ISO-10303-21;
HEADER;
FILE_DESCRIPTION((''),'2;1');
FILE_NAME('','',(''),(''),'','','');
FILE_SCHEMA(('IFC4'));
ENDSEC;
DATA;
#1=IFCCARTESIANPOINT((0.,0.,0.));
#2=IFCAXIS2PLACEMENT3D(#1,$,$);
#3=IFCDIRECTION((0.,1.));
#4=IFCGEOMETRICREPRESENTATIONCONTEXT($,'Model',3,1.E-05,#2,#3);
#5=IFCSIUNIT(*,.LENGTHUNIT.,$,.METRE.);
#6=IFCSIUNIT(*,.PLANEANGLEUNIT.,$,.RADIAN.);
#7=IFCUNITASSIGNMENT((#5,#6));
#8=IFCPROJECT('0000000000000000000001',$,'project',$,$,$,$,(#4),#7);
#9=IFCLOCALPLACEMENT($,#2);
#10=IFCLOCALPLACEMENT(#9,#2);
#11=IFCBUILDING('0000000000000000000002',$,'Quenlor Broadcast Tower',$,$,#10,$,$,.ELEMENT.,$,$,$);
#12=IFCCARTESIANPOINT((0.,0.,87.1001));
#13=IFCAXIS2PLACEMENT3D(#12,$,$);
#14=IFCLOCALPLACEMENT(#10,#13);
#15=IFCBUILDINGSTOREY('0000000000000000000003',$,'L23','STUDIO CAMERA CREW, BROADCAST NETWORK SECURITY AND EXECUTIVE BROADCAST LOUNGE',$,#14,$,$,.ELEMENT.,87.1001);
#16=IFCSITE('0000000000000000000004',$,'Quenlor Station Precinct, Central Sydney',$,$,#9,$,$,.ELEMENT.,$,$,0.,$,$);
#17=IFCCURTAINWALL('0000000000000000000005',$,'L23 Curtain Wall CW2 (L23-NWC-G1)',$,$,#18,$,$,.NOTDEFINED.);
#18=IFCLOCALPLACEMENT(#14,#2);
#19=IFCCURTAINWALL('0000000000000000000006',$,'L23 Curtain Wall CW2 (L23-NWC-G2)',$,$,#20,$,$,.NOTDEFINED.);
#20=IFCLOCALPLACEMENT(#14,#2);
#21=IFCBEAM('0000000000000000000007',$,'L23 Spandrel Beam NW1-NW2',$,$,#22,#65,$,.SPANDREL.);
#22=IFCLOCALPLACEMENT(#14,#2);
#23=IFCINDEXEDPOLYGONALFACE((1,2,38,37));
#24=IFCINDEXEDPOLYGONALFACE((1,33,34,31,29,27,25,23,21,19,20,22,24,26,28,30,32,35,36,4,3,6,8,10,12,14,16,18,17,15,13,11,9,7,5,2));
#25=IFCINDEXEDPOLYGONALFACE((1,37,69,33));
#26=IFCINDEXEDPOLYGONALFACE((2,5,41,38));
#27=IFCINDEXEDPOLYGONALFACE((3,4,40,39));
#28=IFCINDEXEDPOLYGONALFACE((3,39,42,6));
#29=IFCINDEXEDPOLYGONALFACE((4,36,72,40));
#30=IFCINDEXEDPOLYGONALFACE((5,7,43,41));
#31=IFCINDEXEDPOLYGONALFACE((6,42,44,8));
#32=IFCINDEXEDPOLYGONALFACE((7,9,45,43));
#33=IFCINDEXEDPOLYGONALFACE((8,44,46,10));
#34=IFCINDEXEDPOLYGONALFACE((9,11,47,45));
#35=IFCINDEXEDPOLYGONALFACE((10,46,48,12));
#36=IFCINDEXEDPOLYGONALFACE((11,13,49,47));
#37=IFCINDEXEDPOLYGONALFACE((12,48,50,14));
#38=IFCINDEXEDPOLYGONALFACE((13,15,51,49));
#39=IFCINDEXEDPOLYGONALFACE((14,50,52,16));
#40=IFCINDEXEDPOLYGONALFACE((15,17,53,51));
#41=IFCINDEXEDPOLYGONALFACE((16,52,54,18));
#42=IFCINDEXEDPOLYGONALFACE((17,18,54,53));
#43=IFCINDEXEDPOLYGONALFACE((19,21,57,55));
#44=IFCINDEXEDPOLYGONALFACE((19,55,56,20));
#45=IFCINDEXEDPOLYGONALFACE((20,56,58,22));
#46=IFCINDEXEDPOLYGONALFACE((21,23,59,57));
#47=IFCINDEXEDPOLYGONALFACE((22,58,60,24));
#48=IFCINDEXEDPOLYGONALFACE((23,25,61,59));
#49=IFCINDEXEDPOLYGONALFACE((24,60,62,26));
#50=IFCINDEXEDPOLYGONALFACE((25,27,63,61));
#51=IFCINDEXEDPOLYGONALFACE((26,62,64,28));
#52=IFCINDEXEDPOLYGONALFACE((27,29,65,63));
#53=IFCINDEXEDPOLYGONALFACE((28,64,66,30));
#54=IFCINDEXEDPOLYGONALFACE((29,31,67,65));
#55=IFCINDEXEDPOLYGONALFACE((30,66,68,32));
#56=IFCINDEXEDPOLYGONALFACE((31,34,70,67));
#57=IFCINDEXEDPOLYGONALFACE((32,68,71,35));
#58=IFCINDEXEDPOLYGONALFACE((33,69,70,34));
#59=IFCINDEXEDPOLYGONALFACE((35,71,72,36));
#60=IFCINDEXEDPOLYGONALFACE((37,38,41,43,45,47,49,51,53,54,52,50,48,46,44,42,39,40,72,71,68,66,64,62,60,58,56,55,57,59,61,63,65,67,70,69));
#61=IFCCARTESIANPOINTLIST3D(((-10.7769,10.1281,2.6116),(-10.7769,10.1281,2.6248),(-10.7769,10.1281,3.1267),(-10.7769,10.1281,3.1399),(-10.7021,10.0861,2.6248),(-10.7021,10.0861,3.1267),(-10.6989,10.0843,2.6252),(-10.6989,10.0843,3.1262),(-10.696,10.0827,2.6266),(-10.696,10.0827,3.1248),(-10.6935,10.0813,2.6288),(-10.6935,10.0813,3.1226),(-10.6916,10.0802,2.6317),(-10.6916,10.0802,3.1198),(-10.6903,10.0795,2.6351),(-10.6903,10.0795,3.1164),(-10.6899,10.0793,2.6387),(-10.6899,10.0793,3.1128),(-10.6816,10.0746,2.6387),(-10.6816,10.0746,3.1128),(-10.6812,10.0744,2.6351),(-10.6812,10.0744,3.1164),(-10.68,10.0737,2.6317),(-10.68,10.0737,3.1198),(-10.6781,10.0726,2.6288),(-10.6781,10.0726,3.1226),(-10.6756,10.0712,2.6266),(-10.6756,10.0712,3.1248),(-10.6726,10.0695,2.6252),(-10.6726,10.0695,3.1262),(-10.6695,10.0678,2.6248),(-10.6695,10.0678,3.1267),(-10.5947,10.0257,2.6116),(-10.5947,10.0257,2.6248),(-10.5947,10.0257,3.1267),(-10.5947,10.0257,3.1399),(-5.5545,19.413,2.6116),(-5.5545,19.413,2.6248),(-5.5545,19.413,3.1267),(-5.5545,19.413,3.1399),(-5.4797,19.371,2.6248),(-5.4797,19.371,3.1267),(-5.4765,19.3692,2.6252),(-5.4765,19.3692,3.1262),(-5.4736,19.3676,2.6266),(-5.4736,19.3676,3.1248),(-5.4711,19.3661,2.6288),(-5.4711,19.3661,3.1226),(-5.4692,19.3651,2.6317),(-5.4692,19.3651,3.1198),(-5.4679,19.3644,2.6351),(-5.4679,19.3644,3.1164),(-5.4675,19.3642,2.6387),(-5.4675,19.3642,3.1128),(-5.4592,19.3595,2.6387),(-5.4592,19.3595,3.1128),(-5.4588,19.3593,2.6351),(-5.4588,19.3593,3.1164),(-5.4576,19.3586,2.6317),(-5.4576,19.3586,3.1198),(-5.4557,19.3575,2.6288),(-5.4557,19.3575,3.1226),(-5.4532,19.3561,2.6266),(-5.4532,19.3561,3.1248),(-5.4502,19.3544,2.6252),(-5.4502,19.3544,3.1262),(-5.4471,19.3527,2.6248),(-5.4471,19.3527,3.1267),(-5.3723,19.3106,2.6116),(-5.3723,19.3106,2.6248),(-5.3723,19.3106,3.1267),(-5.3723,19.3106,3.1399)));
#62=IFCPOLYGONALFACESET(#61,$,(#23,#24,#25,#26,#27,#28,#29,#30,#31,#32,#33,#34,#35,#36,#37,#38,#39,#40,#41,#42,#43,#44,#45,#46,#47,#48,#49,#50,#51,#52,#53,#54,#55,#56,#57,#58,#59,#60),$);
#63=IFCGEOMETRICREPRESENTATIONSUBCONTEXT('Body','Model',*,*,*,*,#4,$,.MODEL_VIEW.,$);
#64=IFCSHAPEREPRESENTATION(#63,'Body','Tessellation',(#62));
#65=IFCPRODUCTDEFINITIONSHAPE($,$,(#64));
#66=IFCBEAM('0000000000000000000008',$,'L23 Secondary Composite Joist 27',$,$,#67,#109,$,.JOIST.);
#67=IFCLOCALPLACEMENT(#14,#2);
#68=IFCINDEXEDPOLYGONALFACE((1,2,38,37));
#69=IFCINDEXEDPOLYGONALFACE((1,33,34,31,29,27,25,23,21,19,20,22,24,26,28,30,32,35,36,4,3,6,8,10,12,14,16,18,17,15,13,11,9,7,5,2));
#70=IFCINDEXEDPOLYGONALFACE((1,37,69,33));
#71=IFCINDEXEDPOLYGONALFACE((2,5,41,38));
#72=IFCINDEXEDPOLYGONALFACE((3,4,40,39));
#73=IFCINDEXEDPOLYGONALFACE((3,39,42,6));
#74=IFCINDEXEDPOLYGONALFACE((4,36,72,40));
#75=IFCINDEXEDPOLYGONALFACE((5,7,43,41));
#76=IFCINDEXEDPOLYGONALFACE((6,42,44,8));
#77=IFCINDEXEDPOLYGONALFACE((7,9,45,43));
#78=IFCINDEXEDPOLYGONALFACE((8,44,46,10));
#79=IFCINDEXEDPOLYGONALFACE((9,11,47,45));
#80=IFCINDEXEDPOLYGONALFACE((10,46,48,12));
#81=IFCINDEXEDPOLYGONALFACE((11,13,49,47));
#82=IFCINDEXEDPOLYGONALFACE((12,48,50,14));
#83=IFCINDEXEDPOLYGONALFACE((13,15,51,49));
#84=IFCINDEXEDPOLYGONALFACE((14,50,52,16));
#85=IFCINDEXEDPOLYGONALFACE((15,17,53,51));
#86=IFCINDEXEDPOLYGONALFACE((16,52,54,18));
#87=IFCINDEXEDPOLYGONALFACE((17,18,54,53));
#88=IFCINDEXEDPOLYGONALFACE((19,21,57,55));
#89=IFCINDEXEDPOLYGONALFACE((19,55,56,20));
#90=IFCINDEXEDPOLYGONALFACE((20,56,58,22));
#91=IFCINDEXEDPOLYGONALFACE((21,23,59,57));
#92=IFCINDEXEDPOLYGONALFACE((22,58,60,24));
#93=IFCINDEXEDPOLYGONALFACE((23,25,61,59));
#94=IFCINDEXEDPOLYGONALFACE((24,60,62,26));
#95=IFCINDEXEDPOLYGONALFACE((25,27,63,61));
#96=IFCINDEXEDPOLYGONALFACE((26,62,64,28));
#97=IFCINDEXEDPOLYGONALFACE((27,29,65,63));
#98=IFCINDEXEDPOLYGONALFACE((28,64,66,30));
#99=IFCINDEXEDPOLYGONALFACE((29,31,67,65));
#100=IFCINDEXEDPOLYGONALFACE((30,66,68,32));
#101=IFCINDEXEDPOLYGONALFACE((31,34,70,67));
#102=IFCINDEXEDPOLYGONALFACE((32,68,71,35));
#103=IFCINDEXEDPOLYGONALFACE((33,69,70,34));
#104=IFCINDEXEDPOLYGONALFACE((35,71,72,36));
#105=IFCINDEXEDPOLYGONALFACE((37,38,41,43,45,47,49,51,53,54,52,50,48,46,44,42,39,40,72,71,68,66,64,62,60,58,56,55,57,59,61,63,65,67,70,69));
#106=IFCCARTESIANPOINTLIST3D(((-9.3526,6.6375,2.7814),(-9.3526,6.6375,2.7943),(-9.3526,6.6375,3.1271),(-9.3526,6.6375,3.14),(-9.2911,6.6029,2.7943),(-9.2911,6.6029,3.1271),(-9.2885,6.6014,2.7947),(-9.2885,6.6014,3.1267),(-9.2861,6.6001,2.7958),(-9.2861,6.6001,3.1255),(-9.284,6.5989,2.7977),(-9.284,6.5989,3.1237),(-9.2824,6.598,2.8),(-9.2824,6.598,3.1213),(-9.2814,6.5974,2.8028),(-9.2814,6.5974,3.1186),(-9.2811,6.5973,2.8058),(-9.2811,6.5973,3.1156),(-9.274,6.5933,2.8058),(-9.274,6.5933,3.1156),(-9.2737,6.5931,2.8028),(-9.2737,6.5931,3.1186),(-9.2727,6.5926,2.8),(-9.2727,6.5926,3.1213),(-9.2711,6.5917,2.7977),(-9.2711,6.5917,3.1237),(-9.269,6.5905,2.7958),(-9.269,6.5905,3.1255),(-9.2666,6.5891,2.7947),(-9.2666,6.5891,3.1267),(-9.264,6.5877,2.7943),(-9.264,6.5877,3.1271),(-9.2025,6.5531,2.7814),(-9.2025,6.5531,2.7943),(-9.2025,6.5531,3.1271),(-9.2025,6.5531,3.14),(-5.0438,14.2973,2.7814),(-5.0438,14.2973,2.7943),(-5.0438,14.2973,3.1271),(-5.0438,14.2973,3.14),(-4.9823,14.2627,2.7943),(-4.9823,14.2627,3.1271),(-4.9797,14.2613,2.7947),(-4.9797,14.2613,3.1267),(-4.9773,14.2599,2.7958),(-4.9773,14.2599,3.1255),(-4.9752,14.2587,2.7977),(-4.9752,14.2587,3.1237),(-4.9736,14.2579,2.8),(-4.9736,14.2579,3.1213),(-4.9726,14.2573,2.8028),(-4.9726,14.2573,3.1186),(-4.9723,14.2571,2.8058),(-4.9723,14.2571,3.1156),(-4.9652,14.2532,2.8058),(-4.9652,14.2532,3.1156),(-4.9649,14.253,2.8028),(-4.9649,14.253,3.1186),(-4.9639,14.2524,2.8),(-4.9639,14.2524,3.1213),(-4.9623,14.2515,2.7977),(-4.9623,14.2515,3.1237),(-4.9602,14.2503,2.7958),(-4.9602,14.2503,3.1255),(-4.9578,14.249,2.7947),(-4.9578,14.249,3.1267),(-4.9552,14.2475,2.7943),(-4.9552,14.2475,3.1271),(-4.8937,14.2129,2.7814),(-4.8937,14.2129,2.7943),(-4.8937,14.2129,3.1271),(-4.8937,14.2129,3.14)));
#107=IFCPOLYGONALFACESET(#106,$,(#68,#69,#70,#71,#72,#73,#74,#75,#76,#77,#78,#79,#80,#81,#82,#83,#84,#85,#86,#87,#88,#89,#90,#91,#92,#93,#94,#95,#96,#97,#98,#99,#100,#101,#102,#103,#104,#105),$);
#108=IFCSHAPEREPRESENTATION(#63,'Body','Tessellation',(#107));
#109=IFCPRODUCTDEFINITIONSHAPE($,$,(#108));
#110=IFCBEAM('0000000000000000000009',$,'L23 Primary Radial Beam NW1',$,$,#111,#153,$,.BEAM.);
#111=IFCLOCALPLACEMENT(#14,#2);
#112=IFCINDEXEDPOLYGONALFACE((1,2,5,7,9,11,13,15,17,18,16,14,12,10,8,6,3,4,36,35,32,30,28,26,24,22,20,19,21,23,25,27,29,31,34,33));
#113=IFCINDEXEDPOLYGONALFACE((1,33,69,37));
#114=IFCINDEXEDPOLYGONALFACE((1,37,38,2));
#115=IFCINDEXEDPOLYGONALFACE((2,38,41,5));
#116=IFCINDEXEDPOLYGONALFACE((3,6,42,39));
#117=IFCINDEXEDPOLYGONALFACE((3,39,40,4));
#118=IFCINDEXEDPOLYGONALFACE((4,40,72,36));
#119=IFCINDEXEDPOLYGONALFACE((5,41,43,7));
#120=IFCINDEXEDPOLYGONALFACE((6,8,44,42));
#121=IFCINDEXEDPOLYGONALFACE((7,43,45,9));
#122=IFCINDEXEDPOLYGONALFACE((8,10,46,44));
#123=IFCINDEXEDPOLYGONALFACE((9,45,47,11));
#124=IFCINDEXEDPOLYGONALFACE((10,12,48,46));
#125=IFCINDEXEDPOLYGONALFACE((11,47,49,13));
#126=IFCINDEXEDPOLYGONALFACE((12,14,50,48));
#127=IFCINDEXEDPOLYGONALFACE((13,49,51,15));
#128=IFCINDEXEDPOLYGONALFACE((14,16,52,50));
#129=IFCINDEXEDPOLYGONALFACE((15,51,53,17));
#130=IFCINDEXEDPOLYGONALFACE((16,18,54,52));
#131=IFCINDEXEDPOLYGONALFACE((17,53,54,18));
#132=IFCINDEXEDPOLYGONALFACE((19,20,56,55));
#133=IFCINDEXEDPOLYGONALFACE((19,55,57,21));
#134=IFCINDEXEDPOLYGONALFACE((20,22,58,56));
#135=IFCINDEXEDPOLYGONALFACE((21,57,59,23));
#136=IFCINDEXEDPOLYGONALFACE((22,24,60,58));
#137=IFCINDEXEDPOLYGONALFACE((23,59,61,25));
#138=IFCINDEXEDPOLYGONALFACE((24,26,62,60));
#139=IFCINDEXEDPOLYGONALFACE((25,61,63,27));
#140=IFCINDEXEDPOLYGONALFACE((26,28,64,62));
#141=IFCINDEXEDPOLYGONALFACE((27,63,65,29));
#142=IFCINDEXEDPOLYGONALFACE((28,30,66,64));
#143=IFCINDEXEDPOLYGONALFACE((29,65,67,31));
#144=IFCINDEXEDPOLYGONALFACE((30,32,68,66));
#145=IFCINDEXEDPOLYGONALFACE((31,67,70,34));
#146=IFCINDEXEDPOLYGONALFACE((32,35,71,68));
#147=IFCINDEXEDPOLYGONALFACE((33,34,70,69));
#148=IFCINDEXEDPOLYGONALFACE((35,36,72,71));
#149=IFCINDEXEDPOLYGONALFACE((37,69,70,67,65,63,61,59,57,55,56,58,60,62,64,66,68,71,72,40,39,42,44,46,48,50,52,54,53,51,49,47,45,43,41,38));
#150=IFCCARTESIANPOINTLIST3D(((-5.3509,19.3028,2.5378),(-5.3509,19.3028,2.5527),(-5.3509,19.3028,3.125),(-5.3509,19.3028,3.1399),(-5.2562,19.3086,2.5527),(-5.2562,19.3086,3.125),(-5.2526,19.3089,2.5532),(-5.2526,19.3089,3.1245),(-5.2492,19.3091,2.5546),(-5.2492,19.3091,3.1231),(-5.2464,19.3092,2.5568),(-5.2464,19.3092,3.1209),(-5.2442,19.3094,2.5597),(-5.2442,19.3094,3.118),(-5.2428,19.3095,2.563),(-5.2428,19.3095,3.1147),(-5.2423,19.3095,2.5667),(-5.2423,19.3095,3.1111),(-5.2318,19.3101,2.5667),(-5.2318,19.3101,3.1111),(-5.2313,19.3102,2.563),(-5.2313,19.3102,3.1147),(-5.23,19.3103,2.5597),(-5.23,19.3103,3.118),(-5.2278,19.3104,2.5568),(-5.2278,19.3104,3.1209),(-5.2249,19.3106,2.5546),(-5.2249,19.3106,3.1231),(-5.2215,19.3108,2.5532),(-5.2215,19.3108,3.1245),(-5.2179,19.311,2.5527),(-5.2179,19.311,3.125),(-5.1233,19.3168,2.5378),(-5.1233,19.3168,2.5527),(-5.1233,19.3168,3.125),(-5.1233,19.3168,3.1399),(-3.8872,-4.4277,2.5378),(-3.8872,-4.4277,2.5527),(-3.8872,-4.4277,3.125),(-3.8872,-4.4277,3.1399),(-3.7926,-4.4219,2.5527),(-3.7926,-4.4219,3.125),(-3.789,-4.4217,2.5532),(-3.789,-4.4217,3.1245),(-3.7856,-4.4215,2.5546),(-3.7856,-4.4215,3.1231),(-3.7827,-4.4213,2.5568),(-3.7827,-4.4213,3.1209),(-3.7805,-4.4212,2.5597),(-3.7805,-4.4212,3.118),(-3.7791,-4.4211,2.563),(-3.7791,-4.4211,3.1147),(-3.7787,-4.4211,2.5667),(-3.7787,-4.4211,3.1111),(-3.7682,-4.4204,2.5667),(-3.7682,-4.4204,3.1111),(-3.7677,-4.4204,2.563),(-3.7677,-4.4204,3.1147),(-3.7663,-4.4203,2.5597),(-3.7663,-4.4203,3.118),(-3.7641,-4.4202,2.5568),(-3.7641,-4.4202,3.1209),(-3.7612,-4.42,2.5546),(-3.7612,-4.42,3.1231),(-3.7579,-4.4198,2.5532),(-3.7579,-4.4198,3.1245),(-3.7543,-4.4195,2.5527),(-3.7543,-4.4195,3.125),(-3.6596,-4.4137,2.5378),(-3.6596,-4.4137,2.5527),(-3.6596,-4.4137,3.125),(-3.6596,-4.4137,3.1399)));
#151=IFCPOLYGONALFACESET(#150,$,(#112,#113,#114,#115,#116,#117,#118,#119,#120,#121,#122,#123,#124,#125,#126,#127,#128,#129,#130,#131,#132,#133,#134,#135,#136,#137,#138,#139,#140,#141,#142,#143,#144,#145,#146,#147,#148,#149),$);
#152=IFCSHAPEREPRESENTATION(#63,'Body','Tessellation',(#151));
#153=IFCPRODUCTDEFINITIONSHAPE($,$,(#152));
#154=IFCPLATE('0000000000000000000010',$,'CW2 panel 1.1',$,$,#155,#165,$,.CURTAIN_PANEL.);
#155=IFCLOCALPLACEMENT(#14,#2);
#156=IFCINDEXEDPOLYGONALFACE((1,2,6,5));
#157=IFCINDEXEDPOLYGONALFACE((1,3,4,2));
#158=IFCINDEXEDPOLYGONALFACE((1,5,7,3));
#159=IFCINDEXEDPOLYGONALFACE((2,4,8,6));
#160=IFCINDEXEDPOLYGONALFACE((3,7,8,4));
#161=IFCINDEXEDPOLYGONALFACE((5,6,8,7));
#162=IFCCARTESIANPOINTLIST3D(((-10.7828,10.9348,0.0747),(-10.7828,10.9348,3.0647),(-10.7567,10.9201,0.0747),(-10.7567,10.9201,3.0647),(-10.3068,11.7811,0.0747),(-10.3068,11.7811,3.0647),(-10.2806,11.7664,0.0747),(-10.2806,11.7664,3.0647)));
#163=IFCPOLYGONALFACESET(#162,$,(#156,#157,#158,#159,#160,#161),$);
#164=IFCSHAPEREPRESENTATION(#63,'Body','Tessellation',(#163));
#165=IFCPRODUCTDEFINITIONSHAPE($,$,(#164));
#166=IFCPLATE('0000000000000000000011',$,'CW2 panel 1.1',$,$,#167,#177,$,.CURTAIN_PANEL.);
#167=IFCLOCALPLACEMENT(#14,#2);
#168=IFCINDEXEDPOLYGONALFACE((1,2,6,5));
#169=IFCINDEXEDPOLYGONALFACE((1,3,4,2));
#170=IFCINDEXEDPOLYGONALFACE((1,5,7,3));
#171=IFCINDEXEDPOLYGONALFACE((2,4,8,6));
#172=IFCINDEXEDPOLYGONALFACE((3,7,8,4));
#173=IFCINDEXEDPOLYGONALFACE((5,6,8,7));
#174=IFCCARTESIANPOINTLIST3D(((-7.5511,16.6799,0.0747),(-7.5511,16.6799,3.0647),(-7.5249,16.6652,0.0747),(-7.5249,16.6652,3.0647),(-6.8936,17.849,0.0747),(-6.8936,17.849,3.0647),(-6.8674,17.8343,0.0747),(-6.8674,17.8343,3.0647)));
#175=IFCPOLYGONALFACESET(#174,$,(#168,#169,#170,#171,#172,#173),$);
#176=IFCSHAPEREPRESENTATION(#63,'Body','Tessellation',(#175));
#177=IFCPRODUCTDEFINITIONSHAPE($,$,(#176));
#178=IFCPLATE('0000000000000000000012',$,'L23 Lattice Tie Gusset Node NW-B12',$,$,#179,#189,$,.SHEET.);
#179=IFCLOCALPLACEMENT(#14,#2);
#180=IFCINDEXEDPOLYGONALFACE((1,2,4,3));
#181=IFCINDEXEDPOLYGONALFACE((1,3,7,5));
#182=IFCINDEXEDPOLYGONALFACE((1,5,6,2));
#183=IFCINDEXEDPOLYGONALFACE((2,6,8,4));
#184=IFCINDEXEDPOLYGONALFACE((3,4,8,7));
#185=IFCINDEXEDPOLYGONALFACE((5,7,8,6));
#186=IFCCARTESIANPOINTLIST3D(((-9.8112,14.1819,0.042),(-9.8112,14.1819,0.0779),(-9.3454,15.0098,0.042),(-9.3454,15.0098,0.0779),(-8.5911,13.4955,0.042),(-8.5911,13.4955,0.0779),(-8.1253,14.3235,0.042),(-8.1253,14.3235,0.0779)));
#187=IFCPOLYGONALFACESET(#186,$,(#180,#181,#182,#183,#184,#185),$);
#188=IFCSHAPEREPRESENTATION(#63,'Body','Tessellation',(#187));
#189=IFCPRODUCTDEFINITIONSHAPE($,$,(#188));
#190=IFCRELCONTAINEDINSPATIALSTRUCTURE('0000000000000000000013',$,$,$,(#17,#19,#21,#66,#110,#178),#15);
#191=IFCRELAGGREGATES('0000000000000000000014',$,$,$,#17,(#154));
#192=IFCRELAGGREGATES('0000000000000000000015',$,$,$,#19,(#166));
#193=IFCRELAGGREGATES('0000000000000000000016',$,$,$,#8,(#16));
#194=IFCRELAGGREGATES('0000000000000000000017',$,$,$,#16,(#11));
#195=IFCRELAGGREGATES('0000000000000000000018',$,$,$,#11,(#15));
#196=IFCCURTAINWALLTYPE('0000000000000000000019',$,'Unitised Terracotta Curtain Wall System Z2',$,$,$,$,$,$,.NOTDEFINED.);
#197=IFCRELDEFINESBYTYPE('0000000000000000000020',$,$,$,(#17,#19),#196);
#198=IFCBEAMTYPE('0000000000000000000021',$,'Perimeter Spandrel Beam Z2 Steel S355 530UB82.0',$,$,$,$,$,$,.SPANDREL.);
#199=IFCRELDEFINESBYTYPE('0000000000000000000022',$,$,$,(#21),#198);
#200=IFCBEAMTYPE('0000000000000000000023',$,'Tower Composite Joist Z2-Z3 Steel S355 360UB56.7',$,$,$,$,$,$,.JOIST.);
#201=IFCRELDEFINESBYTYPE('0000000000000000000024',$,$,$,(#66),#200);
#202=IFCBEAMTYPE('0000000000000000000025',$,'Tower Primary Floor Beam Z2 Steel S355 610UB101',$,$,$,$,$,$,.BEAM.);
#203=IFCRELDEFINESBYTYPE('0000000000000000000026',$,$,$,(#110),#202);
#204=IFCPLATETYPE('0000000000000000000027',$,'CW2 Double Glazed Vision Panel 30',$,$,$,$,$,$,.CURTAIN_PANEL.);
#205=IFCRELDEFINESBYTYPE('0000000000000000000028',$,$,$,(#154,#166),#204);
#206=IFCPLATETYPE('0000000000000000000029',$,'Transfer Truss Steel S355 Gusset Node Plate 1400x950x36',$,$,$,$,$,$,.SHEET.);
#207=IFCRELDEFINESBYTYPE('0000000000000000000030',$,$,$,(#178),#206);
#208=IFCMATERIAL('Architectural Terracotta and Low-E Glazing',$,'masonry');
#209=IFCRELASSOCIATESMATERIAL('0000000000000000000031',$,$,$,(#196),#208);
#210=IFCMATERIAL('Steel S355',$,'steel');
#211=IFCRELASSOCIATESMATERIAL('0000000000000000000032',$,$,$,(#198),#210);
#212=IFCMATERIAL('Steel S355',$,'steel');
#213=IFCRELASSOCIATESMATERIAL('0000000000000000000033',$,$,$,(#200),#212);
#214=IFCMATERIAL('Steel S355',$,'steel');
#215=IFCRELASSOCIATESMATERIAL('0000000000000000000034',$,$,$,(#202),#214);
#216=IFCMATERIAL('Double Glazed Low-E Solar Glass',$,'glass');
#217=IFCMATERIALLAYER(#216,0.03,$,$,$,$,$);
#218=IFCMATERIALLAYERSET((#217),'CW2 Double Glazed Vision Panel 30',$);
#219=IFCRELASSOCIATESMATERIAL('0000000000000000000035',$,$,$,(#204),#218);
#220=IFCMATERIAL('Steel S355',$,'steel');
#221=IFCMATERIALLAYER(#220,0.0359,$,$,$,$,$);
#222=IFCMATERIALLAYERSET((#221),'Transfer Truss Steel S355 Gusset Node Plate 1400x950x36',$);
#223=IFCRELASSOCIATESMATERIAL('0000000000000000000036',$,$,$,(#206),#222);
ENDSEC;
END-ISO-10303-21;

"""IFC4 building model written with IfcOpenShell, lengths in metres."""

from ifc_helpers import new_model, si_unit, direction, frame, origin, origin_2d, place, context, subcontext, project, spatial, rectangle, i_section, extrude, material, layer, layer_set, material_profile, profile_set, type_object, element, aggregate, save


model = new_model("IFC4")

# Units and contexts
model_context = context("Model", 3, precision=1e-05, world=origin(), true_north=direction((0.0, 1.0)))
body_context = subcontext(model_context, "Body", "Model", "MODEL_VIEW")
ifc_project = project(units=[si_unit("LENGTHUNIT", "METRE"), si_unit("PLANEANGLEUNIT", "RADIAN")], contexts=[model_context])

# Site, building, storey
site_placement = place(None, origin())
site = spatial("IfcSite", under=ifc_project, at=site_placement, Name="Quenlor Station Precinct, Central Sydney", CompositionType="ELEMENT", RefElevation=0.0)
building_placement = place(site_placement, origin())
building = spatial("IfcBuilding", under=site, at=building_placement, Name="Quenlor Broadcast Tower", CompositionType="ELEMENT")
storey_placement = place(building_placement, frame((0.0, 0.0, 87.1001)))
storey = spatial("IfcBuildingStorey", under=building, at=storey_placement, Name="L23", Description="STUDIO CAMERA CREW, BROADCAST NETWORK SECURITY AND EXECUTIVE BROADCAST LOUNGE", CompositionType="ELEMENT", Elevation=87.1001)

# Curtain wall
ifc_material_1 = material(Name="Architectural Terracotta and Low-E Glazing", Category="masonry")
curtain_wall_type = type_object("IfcCurtainWallType", Name="Unitised Terracotta Curtain Wall System Z2", PredefinedType="NOTDEFINED", material=ifc_material_1)
curtain_wall_1_placement = place(storey_placement, origin())
curtain_wall_1 = element("IfcCurtainWall", 1, at=curtain_wall_1_placement, inside=storey, type_object=curtain_wall_type, Name="L23 Curtain Wall CW2 (L23-NWC-G1)", PredefinedType="NOTDEFINED")

# Curtain wall
curtain_wall_2_placement = place(storey_placement, origin())
curtain_wall_2 = element("IfcCurtainWall", 2, at=curtain_wall_2_placement, inside=storey, type_object=curtain_wall_type, Name="L23 Curtain Wall CW2 (L23-NWC-G2)", PredefinedType="NOTDEFINED")

# Beams
ifc_material_2 = material(Name="Steel S355", Category="steel")
ifc_material_profile_1 = material_profile(ifc_material_2, i_section(OverallWidth=0.209, OverallDepth=0.5283, WebThickness=0.0095, FlangeThickness=0.0132, FilletRadius=0.0139, at=origin_2d()))
ifc_profile_set_1 = profile_set([ifc_material_profile_1], Name="Steel S355 530UB82.0")
beam_type_1 = type_object("IfcBeamType", Name="Perimeter Spandrel Beam Z2 Steel S355 530UB82.0", PredefinedType="SPANDREL", material=ifc_profile_set_1)
beam_1_placement = place(storey_placement, frame((-5.4634, 19.3618, 2.8757), z_axis=(-0.490236, -0.87159, 0.0), x_axis=(0.87159, -0.490236, 0.0)))
element("IfcBeam", 3, at=beam_1_placement, inside=storey, type_object=beam_type_1, Name="L23 Spandrel Beam NW1-NW2", PredefinedType="SPANDREL", context=body_context, shape_type="SweptSolid", body=[
    extrude(i_section(OverallWidth=0.209, OverallDepth=0.5283, WebThickness=0.0095, FlangeThickness=0.0132, FilletRadius=0.0139, at=origin_2d()), origin(), (0.0, 0.0, 1.0), 10.6528),
])
ifc_material_3 = material(Name="Steel S355", Category="steel")
ifc_material_profile_2 = material_profile(ifc_material_3, i_section(OverallWidth=0.1721, OverallDepth=0.3586, WebThickness=0.0081, FlangeThickness=0.0129, FilletRadius=0.0115, at=origin_2d()))
ifc_profile_set_2 = profile_set([ifc_material_profile_2], Name="Steel S355 360UB56.7")
beam_type_2 = type_object("IfcBeamType", Name="Tower Composite Joist Z2-Z3 Steel S355 360UB56.7", PredefinedType="JOIST", material=ifc_profile_set_2)
beam_2_placement = place(storey_placement, frame((-4.9688, 14.2551, 2.9607), z_axis=(-0.490273, -0.871569, 0.0), x_axis=(0.871569, -0.490273, 0.0)))
element("IfcBeam", 4, at=beam_2_placement, inside=storey, type_object=beam_type_2, Name="L23 Secondary Composite Joist 27", PredefinedType="JOIST", context=body_context, shape_type="SweptSolid", body=[
    extrude(i_section(OverallWidth=0.1721, OverallDepth=0.3586, WebThickness=0.0081, FlangeThickness=0.0129, FilletRadius=0.0115, at=origin_2d()), origin(), (0.0, 0.0, 1.0), 8.7886),
])
ifc_material_4 = material(Name="Steel S355", Category="steel")
ifc_material_profile_3 = material_profile(ifc_material_4, i_section(OverallWidth=0.228, OverallDepth=0.6021, WebThickness=0.0105, FlangeThickness=0.0149, FilletRadius=0.0139, at=origin_2d()))
ifc_profile_set_3 = profile_set([ifc_material_profile_3], Name="Steel S355 610UB101")
beam_type_3 = type_object("IfcBeamType", Name="Tower Primary Floor Beam Z2 Steel S355 610UB101", PredefinedType="BEAM", material=ifc_profile_set_3)
beam_3_placement = place(storey_placement, frame((-5.2371, 19.3098, 2.8389), z_axis=(0.06156, -0.998103, 0.0), x_axis=(0.998103, 0.06156, 0.0)))
element("IfcBeam", 5, at=beam_3_placement, inside=storey, type_object=beam_type_3, Name="L23 Primary Radial Beam NW1", PredefinedType="BEAM", context=body_context, shape_type="SweptSolid", body=[
    extrude(i_section(OverallWidth=0.228, OverallDepth=0.6021, WebThickness=0.0105, FlangeThickness=0.0149, FilletRadius=0.0139, at=origin_2d()), origin(), (0.0, 0.0, 1.0), 23.7756),
])

# Plates
ifc_material_5 = material(Name="Double Glazed Low-E Solar Glass", Category="glass")
ifc_layer_1 = layer(ifc_material_5, 0.03)
ifc_layer_set_1 = layer_set([ifc_layer_1], Name="CW2 Double Glazed Vision Panel 30")
plate_type_1 = type_object("IfcPlateType", Name="CW2 Double Glazed Vision Panel 30", PredefinedType="CURTAIN_PANEL", material=ifc_layer_set_1)
plate_1_placement = place(storey_placement, frame((-10.5317, 11.3506, 0.0747), z_axis=(0.0, 0.0, 1.0), x_axis=(0.490249, 0.871583, 0.0)))
plate_1 = element("IfcPlate", 6, at=plate_1_placement, type_object=plate_type_1, Name="CW2 panel 1.1", PredefinedType="CURTAIN_PANEL", context=body_context, shape_type="SweptSolid", body=[
    extrude(rectangle(XDim=0.9709, YDim=0.03, at=origin_2d()), origin(), (0.0, 0.0, 1.0), 2.99),
])
aggregate(curtain_wall_1, [plate_1])
plate_2_placement = place(storey_placement, frame((-7.2092, 17.2571, 0.0747), z_axis=(0.0, 0.0, 1.0), x_axis=(0.490213, 0.871602, 0.0)))
plate_2 = element("IfcPlate", 7, at=plate_2_placement, type_object=plate_type_1, Name="CW2 panel 1.1", PredefinedType="CURTAIN_PANEL", context=body_context, shape_type="SweptSolid", body=[
    extrude(rectangle(XDim=1.3413, YDim=0.03, at=origin_2d()), origin(), (0.0, 0.0, 1.0), 2.99),
])
aggregate(curtain_wall_2, [plate_2])

# Plate
ifc_material_6 = material(Name="Steel S355", Category="steel")
ifc_layer_2 = layer(ifc_material_6, 0.0359)
ifc_layer_set_2 = layer_set([ifc_layer_2], Name="Transfer Truss Steel S355 Gusset Node Plate 1400x950x36")
plate_type_2 = type_object("IfcPlateType", Name="Transfer Truss Steel S355 Gusset Node Plate 1400x950x36", PredefinedType="SHEET", material=ifc_layer_set_2)
for number, where, z_axis, x_axis, name in (
    (8, (-8.9683, 14.2527, 0.042), (0.0, 0.0, 1.0), (-0.871556, 0.490295, 0.0), "L23 Lattice Tie Gusset Node NW-B12"),
):
    element("IfcPlate", number, at=place(storey_placement, frame(where, z_axis=z_axis, x_axis=x_axis)), inside=storey, type_object=plate_type_2, Name=name, PredefinedType="SHEET", context=body_context, shape_type="SweptSolid", body=[
        extrude(rectangle(XDim=1.3999, YDim=0.95, at=origin_2d()), origin(), (0.0, 0.0, 1.0), 0.0359),
    ])

save(model, "model.ifc")
